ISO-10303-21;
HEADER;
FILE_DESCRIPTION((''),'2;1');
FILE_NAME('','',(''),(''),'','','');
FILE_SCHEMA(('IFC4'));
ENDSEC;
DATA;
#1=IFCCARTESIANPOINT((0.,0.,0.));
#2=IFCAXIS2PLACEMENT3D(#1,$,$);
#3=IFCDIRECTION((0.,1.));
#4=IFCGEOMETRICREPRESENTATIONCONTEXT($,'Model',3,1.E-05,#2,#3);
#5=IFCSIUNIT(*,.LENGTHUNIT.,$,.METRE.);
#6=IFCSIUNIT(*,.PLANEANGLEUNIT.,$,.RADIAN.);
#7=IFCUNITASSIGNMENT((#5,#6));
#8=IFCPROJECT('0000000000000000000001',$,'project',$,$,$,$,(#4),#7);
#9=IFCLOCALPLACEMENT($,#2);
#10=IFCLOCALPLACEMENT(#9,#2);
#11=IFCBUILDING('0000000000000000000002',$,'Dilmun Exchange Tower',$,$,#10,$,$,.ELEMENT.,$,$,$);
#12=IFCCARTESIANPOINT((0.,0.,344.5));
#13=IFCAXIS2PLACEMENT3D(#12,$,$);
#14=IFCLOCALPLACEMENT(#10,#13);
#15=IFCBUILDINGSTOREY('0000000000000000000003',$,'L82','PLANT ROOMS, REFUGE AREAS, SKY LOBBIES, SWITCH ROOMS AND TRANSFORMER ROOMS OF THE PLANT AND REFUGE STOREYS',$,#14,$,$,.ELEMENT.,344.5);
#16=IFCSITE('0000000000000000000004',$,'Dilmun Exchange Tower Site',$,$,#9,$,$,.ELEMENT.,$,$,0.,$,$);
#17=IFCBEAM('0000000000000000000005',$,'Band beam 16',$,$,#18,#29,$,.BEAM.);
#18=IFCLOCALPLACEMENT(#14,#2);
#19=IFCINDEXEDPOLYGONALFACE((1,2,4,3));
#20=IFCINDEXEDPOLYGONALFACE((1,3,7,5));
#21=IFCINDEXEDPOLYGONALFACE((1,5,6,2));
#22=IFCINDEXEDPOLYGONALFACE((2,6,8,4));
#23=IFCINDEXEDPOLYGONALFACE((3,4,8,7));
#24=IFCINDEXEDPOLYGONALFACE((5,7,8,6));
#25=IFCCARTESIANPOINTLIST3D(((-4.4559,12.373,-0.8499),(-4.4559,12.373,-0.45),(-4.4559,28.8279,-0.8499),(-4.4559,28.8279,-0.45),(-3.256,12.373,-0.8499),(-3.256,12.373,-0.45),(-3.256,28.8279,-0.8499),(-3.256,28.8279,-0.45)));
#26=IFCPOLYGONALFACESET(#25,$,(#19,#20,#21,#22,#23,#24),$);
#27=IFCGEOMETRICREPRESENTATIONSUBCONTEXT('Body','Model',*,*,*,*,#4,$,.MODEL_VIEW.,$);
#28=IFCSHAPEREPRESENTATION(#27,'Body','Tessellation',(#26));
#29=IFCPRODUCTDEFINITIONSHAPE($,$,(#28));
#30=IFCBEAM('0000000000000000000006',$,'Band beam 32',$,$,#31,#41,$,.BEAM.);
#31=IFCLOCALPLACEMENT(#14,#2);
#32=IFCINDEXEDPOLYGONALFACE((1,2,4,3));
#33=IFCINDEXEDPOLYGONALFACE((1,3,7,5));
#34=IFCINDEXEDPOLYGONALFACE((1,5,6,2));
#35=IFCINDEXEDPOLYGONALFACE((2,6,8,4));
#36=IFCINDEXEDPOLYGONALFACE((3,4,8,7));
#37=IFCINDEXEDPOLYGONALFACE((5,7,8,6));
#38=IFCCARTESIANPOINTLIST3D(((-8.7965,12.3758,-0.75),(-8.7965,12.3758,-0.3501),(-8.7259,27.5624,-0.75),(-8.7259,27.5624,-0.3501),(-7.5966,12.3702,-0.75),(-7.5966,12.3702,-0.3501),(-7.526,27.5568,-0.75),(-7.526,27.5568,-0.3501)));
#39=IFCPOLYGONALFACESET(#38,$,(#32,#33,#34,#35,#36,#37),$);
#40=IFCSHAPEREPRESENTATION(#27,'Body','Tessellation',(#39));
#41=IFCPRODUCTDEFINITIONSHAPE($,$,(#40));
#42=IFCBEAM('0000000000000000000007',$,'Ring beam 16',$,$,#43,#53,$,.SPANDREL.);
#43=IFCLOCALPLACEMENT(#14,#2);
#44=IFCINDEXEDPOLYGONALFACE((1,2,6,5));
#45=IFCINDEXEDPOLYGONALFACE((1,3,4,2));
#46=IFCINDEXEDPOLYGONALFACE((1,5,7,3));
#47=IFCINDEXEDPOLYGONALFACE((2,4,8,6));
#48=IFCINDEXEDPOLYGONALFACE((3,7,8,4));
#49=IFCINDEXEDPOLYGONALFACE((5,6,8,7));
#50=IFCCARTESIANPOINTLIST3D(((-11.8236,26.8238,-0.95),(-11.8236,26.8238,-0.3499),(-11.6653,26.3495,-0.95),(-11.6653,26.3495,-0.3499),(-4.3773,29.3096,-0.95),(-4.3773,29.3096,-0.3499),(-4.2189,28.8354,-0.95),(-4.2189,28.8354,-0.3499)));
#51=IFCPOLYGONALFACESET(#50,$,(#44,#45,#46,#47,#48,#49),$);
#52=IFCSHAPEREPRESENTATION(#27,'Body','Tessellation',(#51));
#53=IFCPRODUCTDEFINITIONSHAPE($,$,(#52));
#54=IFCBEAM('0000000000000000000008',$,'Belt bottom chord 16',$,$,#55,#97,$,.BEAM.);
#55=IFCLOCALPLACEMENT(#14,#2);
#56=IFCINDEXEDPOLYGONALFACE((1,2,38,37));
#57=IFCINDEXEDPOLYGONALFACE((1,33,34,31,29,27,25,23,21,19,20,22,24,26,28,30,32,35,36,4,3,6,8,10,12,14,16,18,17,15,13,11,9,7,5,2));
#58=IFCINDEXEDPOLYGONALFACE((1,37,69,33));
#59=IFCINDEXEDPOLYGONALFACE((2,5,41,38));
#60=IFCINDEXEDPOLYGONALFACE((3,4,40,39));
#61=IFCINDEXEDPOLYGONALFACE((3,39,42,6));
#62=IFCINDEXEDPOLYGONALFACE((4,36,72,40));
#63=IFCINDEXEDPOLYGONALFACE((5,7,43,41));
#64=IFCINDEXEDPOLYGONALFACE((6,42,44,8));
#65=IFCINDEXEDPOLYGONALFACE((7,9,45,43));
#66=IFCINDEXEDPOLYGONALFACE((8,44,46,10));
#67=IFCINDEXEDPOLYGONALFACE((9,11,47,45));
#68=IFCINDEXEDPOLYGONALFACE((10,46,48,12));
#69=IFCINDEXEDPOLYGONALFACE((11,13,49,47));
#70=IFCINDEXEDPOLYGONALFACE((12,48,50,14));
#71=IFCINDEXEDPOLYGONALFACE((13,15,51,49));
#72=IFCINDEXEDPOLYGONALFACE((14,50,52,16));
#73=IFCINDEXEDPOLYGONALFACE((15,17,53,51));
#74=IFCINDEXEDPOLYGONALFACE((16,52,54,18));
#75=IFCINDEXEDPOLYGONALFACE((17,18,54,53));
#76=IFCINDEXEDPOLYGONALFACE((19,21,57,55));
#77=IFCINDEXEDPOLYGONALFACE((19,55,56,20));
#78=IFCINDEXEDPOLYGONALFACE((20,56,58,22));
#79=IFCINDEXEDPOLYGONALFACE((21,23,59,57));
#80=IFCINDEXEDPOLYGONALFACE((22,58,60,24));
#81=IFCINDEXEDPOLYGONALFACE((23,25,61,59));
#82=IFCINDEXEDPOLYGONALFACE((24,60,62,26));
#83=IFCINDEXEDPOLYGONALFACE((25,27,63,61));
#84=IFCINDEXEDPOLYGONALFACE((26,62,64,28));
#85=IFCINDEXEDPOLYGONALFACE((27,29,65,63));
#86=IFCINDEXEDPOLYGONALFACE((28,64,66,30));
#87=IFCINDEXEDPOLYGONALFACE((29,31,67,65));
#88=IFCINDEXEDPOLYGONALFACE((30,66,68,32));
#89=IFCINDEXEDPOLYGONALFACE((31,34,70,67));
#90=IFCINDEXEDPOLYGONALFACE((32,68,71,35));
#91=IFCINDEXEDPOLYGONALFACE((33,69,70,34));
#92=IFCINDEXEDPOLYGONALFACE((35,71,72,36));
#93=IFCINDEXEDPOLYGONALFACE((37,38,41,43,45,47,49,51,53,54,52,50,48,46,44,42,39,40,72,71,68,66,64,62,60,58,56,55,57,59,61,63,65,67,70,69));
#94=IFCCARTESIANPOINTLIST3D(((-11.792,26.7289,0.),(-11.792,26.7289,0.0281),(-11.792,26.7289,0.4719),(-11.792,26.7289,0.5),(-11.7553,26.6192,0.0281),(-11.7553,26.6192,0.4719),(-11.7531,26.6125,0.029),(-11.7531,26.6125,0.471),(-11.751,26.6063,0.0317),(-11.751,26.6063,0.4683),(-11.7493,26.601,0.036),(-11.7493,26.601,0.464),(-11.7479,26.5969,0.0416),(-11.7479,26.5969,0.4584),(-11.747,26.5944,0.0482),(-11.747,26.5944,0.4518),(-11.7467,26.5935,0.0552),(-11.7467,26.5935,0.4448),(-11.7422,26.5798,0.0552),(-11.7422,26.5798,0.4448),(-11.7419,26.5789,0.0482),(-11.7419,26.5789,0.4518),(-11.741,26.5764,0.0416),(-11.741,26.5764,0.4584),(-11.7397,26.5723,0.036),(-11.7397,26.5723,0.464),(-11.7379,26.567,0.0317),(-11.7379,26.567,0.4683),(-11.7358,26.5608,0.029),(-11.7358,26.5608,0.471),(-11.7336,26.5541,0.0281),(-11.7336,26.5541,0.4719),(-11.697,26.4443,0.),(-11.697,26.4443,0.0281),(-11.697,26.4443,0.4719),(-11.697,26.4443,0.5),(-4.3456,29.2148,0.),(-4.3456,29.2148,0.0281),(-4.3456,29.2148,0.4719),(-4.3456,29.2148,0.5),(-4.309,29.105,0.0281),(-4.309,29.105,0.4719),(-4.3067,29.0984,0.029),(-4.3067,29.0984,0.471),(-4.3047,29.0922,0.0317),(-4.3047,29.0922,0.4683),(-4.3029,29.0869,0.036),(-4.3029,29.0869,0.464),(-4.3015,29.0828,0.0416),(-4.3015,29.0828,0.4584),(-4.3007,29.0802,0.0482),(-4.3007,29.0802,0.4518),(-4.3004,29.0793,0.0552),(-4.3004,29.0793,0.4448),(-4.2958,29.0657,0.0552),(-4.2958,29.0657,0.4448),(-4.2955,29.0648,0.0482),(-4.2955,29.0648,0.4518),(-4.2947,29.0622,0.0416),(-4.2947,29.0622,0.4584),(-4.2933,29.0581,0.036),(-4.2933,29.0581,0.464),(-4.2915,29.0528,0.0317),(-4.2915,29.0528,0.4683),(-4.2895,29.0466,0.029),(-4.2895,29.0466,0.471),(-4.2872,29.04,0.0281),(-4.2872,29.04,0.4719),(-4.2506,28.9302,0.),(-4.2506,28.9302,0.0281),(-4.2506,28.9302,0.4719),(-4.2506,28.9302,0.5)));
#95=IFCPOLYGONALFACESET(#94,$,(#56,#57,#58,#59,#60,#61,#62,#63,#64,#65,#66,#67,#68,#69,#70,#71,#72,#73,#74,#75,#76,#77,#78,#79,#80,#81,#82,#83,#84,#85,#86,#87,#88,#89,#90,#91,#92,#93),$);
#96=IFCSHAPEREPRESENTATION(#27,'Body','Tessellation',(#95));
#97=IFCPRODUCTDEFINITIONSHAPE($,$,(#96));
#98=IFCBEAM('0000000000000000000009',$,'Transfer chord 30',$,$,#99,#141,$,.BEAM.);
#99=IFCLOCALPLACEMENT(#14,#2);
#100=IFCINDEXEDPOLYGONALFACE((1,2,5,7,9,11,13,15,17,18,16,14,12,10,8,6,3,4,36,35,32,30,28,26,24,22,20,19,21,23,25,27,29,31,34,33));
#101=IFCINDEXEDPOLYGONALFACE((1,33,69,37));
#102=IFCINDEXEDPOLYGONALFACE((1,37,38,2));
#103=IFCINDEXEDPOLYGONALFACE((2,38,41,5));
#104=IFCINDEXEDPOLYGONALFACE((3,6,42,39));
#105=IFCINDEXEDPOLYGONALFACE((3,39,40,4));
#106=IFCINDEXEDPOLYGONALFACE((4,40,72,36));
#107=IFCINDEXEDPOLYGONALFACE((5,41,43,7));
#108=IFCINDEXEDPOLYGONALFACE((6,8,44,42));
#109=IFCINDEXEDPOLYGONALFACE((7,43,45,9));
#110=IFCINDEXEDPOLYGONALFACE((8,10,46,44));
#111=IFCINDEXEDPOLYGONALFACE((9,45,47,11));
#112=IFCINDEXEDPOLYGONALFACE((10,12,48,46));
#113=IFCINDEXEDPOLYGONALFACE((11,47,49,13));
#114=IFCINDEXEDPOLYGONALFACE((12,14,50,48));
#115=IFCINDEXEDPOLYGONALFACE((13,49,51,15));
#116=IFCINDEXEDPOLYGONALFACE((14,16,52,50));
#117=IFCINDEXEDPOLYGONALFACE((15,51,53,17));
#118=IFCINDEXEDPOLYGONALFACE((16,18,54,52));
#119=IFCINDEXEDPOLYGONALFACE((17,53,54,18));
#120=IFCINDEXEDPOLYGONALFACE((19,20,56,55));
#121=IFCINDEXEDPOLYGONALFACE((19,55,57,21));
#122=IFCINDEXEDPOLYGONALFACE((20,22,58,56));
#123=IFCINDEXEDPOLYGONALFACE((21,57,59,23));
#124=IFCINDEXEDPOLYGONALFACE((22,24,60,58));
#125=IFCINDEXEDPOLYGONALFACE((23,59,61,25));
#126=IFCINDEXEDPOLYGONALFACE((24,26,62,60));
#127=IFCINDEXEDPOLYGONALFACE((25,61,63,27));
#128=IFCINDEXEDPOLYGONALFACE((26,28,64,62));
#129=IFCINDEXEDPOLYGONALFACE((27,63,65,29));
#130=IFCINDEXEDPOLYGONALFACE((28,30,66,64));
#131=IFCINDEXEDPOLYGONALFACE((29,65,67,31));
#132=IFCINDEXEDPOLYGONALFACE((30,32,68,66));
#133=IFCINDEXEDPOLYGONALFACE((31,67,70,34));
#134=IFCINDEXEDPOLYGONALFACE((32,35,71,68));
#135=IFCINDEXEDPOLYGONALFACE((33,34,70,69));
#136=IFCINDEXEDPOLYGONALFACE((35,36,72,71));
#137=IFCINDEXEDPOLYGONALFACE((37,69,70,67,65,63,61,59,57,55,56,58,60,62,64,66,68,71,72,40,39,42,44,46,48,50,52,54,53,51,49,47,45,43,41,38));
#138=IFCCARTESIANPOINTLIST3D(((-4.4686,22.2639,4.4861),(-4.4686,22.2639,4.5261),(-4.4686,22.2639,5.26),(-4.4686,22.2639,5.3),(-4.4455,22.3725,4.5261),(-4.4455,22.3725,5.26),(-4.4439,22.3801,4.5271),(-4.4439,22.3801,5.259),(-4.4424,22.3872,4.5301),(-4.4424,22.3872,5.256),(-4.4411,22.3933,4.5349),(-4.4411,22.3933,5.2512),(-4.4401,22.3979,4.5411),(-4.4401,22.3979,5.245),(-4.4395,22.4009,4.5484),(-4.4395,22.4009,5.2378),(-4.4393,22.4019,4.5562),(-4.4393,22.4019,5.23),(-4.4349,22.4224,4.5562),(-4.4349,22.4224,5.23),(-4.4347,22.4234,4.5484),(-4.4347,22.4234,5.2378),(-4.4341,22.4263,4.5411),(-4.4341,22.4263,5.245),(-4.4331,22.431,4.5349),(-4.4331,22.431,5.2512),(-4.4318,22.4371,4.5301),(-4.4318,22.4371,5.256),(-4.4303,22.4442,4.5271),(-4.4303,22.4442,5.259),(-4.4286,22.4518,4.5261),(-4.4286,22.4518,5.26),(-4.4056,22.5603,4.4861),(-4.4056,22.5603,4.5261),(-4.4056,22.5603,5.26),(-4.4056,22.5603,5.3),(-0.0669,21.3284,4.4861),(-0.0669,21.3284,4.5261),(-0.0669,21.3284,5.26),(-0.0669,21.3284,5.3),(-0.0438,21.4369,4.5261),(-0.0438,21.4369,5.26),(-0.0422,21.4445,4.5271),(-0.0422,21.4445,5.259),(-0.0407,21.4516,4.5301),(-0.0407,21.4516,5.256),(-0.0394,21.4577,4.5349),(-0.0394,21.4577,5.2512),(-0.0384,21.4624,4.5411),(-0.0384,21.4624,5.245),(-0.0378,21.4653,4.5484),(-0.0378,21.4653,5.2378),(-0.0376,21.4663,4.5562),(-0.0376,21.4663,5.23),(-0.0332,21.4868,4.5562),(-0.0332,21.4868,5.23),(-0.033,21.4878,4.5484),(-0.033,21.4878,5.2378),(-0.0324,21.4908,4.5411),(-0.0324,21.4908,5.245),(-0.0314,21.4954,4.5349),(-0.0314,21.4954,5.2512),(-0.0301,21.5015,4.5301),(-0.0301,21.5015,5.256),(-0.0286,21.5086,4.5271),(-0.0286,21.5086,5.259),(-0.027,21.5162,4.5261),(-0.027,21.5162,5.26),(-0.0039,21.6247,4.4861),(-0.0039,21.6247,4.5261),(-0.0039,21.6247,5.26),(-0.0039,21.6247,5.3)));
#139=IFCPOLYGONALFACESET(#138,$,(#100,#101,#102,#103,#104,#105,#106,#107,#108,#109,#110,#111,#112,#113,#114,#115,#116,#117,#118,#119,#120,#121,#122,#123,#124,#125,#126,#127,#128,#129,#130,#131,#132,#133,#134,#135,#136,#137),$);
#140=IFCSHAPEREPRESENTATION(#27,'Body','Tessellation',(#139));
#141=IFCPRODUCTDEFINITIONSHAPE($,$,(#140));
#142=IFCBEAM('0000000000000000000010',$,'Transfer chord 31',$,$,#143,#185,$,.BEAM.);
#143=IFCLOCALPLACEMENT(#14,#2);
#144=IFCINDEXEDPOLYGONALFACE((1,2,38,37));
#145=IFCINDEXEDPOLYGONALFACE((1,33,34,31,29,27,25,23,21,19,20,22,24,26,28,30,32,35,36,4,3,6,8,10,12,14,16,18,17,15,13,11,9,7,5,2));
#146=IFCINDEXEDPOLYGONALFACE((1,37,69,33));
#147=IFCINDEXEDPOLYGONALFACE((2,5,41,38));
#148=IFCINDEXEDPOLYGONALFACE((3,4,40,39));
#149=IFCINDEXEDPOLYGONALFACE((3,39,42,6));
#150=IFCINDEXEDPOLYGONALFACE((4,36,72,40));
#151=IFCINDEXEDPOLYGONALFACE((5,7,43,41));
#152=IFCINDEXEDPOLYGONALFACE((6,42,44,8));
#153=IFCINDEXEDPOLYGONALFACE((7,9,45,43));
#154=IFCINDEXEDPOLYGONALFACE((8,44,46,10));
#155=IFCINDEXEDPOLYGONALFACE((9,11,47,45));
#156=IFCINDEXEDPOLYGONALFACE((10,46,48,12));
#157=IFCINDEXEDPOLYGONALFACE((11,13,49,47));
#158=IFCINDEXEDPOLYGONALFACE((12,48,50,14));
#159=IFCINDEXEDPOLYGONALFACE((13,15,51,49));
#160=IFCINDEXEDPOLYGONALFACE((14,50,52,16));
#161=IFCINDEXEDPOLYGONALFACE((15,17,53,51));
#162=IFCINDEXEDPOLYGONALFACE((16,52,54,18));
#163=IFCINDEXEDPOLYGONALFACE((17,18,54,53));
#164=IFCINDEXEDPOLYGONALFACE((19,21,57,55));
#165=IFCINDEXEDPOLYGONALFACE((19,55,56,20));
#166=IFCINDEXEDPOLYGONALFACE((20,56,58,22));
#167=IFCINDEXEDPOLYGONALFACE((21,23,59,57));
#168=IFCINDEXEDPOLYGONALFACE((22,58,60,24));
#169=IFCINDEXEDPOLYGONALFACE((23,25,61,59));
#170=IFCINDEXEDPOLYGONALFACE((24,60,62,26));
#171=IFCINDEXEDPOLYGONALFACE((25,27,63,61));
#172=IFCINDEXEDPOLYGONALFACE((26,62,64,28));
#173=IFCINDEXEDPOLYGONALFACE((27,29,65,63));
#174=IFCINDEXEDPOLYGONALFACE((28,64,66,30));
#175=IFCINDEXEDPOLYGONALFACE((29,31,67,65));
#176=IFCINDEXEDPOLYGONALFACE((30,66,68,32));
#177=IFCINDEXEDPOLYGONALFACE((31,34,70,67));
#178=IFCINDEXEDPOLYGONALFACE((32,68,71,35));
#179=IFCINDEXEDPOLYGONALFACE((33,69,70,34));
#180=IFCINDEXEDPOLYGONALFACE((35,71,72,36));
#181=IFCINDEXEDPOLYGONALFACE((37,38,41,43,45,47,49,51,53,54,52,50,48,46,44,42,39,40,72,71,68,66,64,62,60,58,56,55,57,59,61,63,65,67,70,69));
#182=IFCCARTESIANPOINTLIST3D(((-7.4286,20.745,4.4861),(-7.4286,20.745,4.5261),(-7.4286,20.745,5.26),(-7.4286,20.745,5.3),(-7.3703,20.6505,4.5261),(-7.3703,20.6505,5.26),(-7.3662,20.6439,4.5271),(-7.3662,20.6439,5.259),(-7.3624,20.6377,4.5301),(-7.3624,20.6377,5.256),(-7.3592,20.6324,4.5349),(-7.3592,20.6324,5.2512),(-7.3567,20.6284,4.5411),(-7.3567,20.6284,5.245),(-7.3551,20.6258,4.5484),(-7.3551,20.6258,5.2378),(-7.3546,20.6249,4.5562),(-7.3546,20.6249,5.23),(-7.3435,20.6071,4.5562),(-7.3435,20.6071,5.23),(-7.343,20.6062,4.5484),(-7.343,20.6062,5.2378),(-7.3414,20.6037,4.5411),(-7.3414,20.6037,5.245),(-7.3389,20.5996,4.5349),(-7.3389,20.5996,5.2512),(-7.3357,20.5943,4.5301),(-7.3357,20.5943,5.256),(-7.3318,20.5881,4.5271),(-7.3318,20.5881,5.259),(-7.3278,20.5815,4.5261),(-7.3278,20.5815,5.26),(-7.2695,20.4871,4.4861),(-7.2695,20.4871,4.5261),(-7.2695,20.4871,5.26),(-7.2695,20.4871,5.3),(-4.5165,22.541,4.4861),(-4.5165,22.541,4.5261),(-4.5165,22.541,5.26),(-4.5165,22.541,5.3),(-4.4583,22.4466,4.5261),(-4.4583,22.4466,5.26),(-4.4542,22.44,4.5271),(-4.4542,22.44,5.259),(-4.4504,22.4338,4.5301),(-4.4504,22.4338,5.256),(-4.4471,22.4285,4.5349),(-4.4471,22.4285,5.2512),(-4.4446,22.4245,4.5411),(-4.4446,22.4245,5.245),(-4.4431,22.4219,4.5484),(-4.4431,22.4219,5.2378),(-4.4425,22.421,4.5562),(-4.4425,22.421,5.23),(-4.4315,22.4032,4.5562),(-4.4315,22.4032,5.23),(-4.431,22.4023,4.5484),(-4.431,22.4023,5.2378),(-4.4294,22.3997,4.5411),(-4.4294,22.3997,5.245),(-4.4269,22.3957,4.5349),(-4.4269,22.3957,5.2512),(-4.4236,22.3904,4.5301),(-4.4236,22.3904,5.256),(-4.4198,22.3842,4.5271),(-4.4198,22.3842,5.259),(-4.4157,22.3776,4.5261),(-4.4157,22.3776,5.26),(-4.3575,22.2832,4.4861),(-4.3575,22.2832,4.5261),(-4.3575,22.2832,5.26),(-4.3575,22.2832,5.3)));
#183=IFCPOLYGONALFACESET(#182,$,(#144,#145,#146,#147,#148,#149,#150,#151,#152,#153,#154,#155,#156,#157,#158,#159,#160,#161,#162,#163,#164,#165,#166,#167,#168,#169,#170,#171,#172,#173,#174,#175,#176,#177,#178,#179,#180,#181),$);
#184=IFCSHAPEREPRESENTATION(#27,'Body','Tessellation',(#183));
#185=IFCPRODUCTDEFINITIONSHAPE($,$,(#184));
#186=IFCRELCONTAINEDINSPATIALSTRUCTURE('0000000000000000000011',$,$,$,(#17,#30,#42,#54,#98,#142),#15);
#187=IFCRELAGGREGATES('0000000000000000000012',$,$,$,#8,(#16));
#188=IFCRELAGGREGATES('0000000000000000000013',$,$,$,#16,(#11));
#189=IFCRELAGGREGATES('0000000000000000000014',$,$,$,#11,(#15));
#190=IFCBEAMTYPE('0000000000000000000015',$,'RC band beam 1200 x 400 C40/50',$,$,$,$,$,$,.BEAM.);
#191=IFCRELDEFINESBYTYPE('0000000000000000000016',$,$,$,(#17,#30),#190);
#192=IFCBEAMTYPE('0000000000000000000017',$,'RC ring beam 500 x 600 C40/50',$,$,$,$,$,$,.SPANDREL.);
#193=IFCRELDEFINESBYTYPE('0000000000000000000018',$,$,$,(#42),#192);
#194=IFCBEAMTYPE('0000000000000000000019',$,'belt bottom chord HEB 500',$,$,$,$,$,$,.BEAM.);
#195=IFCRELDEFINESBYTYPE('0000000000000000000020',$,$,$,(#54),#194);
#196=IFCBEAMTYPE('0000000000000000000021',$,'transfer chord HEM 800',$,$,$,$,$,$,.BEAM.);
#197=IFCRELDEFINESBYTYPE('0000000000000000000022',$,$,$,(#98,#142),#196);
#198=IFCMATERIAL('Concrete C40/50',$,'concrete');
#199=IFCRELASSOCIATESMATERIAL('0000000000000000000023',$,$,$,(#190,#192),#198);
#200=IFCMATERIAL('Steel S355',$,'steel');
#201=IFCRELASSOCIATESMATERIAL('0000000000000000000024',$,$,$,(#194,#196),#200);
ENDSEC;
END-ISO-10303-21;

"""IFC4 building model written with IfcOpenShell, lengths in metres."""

from ifc_helpers import new_model, si_unit, direction, frame, origin, origin_2d, place, context, subcontext, project, spatial, rectangle, i_section, extrude, material, material_profile, profile_set, type_object, element, save


model = new_model("IFC4")

# Units and contexts
model_context = context("Model", 3, precision=1e-05, world=origin(), true_north=direction((0.0, 1.0)))
body_context = subcontext(model_context, "Body", "Model", "MODEL_VIEW")
ifc_project = project(units=[si_unit("LENGTHUNIT", "METRE"), si_unit("PLANEANGLEUNIT", "RADIAN")], contexts=[model_context])

# Site, building, storey
site_placement = place(None, origin())
site = spatial("IfcSite", under=ifc_project, at=site_placement, Name="Dilmun Exchange Tower Site", CompositionType="ELEMENT", RefElevation=0.0)
building_placement = place(site_placement, origin())
building = spatial("IfcBuilding", under=site, at=building_placement, Name="Dilmun Exchange Tower", CompositionType="ELEMENT")
storey_placement = place(building_placement, frame((0.0, 0.0, 344.5)))
storey = spatial("IfcBuildingStorey", under=building, at=storey_placement, Name="L82", Description="PLANT ROOMS, REFUGE AREAS, SKY LOBBIES, SWITCH ROOMS AND TRANSFORMER ROOMS OF THE PLANT AND REFUGE STOREYS", CompositionType="ELEMENT", Elevation=344.5)

# Beams
ifc_material_1 = material(Name="Concrete C40/50", Category="concrete")
ifc_material_profile_1 = material_profile(ifc_material_1, rectangle(XDim=1.2, YDim=0.3999, at=origin_2d()), Name="1200 x 400")
ifc_profile_set_1 = profile_set([ifc_material_profile_1], Name="Concrete C40/50")
beam_type_1 = type_object("IfcBeamType", Name="RC band beam 1200 x 400 C40/50", PredefinedType="BEAM", material=ifc_profile_set_1)
beam_1_placement = place(storey_placement, frame((-3.856, 28.8279, -0.6499), z_axis=(0.0, -1.0, 0.0), x_axis=(1.0, 0.0, 0.0)))
element("IfcBeam", 1, at=beam_1_placement, inside=storey, type_object=beam_type_1, Name="Band beam 16", PredefinedType="BEAM", context=body_context, shape_type="SweptSolid", body=[
    extrude(rectangle(XDim=1.2, YDim=0.3999, at=origin_2d()), origin(), (0.0, 0.0, 1.0), 16.4548),
])
beam_2_placement = place(storey_placement, frame((-8.126, 27.5596, -0.55), z_axis=(-0.004646, -0.999989, 0.0), x_axis=(0.999989, -0.004646, 0.0)))
element("IfcBeam", 2, at=beam_2_placement, inside=storey, type_object=beam_type_1, Name="Band beam 32", PredefinedType="BEAM", context=body_context, shape_type="SweptSolid", body=[
    extrude(rectangle(XDim=1.2, YDim=0.3999, at=origin_2d()), origin(), (0.0, 0.0, 1.0), 15.1868),
])
ifc_material_profile_2 = material_profile(ifc_material_1, rectangle(XDim=0.5, YDim=0.6001, at=origin_2d()), Name="500 x 600")
ifc_profile_set_2 = profile_set([ifc_material_profile_2], Name="Concrete C40/50")
beam_type_2 = type_object("IfcBeamType", Name="RC ring beam 500 x 600 C40/50", PredefinedType="SPANDREL", material=ifc_profile_set_2)
beam_3_placement = place(storey_placement, frame((-4.2981, 29.0725, -0.6499), z_axis=(-0.94854, -0.316657, 0.0), x_axis=(0.316657, -0.94854, 0.0)))
element("IfcBeam", 3, at=beam_3_placement, inside=storey, type_object=beam_type_2, Name="Ring beam 16", PredefinedType="SPANDREL", context=body_context, shape_type="SweptSolid", body=[
    extrude(rectangle(XDim=0.5, YDim=0.6001, at=origin_2d()), origin(), (0.0, 0.0, 1.0), 7.8503),
])
ifc_material_2 = material(Name="Steel S355", Category="steel")
ifc_material_profile_3 = material_profile(ifc_material_2, i_section(OverallWidth=0.3, OverallDepth=0.5, WebThickness=0.0144, FlangeThickness=0.0281, FilletRadius=0.0271, at=origin_2d()), Name="HEB 500")
ifc_profile_set_3 = profile_set([ifc_material_profile_3], Name="Steel S355")
beam_type_3 = type_object("IfcBeamType", Name="belt bottom chord HEB 500", PredefinedType="BEAM", material=ifc_profile_set_3)
beam_4_placement = place(storey_placement, frame((-4.2981, 29.0725, 0.25), z_axis=(-0.94854, -0.316657, 0.0), x_axis=(0.316657, -0.94854, 0.0)))
element("IfcBeam", 4, at=beam_4_placement, inside=storey, type_object=beam_type_3, Name="Belt bottom chord 16", PredefinedType="BEAM", context=body_context, shape_type="SweptSolid", body=[
    extrude(i_section(OverallWidth=0.3, OverallDepth=0.5, WebThickness=0.0144, FlangeThickness=0.0281, FilletRadius=0.0271, at=origin_2d()), origin(), (0.0, 0.0, 1.0), 7.8503),
])
ifc_material_profile_4 = material_profile(ifc_material_2, i_section(OverallWidth=0.303, OverallDepth=0.814, WebThickness=0.021, FlangeThickness=0.04, FilletRadius=0.03, at=origin_2d()), Name="HEM 800")
ifc_profile_set_4 = profile_set([ifc_material_profile_4], Name="Steel S355")
beam_type_4 = type_object("IfcBeamType", Name="transfer chord HEM 800", PredefinedType="BEAM", material=ifc_profile_set_4)
beam_5_placement = place(storey_placement, frame((-0.0354, 21.4766, 4.8931), z_axis=(-0.97815, 0.207902, 0.0), x_axis=(-0.207902, -0.97815, 0.0)))
element("IfcBeam", 5, at=beam_5_placement, inside=storey, type_object=beam_type_4, Name="Transfer chord 30", PredefinedType="BEAM", context=body_context, shape_type="SweptSolid", body=[
    extrude(i_section(OverallWidth=0.303, OverallDepth=0.814, WebThickness=0.021, FlangeThickness=0.04, FilletRadius=0.03, at=origin_2d()), origin(), (0.0, 0.0, 1.0), 4.5),
])
beam_6_placement = place(storey_placement, frame((-4.437, 22.4121, 4.8931), z_axis=(-0.851126, -0.524961, 0.0), x_axis=(0.524961, -0.851126, 0.0)))
element("IfcBeam", 6, at=beam_6_placement, inside=storey, type_object=beam_type_4, Name="Transfer chord 31", PredefinedType="BEAM", context=body_context, shape_type="SweptSolid", body=[
    extrude(i_section(OverallWidth=0.303, OverallDepth=0.814, WebThickness=0.021, FlangeThickness=0.04, FilletRadius=0.03, at=origin_2d()), origin(), (0.0, 0.0, 1.0), 3.4214),
])

save(model, "model.ifc")
